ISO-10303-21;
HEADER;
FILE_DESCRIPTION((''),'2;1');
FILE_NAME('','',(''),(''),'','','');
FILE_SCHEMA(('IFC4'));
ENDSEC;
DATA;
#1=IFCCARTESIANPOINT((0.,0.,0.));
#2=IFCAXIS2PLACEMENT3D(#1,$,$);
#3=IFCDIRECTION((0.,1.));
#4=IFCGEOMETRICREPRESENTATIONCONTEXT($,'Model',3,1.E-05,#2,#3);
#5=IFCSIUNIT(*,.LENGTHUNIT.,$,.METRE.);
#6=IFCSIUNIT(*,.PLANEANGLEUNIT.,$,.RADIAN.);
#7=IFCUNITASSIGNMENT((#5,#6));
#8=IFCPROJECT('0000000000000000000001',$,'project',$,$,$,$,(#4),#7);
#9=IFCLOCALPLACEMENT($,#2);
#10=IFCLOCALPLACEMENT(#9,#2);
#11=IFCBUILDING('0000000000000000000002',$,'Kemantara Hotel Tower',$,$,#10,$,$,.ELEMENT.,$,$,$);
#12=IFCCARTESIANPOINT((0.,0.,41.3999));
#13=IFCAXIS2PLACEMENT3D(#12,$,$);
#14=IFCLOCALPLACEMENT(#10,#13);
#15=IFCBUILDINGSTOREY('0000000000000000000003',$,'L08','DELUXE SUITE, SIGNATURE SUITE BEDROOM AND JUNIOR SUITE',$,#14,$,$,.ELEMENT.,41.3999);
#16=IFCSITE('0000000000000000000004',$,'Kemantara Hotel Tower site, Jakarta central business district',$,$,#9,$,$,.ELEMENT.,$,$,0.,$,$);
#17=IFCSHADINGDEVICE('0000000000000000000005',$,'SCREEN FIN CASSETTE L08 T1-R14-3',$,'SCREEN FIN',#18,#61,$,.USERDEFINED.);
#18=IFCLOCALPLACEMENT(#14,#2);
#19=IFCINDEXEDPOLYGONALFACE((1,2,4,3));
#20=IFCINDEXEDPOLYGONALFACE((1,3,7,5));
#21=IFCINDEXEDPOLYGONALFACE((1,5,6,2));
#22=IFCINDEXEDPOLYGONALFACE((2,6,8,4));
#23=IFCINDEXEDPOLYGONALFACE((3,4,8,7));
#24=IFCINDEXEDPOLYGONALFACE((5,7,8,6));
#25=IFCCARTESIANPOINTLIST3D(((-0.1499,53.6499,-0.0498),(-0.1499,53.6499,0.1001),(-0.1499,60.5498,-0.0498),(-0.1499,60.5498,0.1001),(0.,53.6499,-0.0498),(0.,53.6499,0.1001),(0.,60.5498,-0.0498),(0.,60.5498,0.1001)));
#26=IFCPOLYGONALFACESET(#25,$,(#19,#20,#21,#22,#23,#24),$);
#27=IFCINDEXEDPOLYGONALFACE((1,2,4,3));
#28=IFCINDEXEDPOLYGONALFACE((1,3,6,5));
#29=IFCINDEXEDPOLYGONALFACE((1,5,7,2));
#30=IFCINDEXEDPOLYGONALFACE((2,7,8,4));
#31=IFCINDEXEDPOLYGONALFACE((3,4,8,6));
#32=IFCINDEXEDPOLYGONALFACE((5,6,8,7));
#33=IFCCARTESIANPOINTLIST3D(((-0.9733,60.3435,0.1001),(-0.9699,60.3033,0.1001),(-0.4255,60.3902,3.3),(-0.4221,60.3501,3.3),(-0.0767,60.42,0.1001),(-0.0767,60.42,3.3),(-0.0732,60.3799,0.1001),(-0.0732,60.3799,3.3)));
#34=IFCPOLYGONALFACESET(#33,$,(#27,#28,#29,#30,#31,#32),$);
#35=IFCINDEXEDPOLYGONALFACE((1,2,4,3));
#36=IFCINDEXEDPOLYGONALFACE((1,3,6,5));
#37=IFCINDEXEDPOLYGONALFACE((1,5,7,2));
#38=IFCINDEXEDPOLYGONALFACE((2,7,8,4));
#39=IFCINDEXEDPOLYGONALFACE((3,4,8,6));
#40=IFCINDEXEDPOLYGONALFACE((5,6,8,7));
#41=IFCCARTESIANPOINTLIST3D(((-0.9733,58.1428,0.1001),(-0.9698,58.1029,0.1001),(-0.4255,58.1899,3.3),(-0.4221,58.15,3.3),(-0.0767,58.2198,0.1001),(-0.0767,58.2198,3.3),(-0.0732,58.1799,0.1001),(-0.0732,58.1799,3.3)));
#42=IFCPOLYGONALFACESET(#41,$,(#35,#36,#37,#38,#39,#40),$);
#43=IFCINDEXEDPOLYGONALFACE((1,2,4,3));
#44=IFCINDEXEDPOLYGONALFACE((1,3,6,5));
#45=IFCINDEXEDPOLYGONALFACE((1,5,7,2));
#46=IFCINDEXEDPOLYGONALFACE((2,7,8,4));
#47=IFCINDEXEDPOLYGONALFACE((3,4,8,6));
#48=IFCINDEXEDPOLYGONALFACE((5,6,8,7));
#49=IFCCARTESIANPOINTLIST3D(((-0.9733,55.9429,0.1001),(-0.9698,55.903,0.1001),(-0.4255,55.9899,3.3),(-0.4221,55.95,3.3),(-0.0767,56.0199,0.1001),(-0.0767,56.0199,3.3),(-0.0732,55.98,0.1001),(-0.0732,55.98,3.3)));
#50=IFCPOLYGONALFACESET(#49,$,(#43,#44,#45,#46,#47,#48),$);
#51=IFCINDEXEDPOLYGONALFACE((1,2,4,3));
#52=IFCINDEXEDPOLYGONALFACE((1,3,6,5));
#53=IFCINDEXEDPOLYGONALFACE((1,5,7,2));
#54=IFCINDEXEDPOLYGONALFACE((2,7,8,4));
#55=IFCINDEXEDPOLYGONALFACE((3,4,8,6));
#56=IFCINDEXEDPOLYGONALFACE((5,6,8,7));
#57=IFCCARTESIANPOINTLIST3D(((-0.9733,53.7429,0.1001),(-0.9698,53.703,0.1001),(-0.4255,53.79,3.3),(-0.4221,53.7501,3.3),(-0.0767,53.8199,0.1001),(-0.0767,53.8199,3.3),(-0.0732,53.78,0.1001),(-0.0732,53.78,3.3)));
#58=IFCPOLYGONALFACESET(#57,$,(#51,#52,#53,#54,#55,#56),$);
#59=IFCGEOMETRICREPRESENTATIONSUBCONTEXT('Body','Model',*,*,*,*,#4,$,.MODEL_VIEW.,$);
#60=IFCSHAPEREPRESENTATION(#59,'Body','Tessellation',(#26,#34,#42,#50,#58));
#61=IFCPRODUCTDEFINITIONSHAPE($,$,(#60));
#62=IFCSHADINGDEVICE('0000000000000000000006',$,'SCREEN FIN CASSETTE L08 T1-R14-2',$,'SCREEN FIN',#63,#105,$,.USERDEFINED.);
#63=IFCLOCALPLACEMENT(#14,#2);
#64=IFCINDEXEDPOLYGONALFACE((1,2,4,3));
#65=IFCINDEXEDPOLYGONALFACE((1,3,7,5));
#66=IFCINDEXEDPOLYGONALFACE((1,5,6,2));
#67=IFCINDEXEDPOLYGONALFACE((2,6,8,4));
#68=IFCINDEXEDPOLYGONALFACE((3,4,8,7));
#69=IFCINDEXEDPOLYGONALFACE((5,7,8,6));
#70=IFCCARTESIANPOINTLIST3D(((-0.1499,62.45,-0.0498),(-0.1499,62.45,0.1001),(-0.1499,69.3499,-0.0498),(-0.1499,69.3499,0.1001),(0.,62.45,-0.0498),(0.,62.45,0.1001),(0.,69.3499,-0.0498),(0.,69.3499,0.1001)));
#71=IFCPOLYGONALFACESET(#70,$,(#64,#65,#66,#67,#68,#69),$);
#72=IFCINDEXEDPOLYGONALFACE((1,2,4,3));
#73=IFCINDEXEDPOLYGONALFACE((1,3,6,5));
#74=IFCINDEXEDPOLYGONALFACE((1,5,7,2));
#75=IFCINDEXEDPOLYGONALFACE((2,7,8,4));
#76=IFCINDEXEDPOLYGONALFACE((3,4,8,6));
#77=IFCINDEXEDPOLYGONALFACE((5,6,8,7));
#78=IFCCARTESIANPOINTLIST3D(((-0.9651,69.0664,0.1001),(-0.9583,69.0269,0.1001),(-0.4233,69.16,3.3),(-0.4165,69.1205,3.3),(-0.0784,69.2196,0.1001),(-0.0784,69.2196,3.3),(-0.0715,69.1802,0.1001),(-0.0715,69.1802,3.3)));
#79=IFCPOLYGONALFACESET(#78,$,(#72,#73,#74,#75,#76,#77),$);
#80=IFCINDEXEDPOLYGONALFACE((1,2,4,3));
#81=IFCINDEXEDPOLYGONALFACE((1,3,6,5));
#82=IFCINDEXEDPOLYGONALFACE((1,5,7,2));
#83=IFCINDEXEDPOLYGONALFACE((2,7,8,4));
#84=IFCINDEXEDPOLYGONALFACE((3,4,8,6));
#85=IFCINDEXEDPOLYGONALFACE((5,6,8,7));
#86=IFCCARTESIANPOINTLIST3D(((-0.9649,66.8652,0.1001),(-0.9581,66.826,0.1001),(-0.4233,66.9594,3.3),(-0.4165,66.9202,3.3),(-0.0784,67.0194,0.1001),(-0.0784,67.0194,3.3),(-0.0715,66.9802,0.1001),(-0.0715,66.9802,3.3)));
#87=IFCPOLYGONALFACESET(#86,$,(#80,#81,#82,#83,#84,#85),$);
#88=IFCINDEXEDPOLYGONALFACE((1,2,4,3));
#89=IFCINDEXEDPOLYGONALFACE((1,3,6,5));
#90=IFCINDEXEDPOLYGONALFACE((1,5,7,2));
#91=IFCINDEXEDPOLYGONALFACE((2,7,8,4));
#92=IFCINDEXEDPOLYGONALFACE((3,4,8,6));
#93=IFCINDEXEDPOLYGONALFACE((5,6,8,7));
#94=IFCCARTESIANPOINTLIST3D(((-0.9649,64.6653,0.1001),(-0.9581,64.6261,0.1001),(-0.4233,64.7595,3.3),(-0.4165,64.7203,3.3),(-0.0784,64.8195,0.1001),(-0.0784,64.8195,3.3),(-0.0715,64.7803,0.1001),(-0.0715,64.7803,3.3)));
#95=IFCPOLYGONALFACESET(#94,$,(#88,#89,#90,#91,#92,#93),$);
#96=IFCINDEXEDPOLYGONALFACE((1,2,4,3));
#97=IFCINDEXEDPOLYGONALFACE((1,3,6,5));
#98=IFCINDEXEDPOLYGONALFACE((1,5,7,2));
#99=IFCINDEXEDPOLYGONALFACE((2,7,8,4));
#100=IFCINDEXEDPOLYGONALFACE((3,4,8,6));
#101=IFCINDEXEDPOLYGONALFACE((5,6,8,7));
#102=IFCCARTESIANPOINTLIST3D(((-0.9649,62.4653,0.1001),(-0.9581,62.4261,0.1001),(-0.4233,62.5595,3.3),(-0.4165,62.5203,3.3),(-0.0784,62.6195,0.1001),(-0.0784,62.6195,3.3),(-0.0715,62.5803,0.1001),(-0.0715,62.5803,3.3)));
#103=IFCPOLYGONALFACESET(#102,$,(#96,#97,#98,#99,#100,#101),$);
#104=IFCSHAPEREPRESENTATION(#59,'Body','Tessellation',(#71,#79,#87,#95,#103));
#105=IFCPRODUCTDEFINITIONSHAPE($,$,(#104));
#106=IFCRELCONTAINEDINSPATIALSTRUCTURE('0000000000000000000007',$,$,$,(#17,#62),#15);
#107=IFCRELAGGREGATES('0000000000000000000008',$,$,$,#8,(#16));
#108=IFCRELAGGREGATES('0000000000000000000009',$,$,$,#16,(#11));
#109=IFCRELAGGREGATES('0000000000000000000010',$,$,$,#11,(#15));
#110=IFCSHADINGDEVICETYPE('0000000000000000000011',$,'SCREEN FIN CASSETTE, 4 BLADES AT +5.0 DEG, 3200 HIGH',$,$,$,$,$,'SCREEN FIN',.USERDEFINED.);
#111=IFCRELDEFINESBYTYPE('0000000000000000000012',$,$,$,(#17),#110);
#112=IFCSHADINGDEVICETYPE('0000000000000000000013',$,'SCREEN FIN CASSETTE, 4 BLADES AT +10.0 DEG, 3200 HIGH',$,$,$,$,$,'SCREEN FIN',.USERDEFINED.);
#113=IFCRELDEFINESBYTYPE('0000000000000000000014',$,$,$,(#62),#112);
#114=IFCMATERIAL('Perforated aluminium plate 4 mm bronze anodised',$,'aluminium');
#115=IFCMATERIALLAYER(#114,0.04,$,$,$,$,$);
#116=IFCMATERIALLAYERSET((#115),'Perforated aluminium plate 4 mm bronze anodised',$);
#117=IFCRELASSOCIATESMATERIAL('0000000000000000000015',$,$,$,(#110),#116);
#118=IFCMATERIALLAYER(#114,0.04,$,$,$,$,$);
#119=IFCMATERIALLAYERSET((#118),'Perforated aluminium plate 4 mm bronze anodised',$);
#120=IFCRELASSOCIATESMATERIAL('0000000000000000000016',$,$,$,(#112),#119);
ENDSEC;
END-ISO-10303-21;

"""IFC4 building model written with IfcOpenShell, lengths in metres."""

from ifc_helpers import new_model, si_unit, direction, frame, origin, origin_2d, place, context, subcontext, project, spatial, polyline, rectangle, outline, extrude, source, transform, mapped, material, layer, layer_set, type_object, element, save


model = new_model("IFC4")

# Units and contexts
model_context = context("Model", 3, precision=1e-05, world=origin(), true_north=direction((0.0, 1.0)))
body_context = subcontext(model_context, "Body", "Model", "MODEL_VIEW")
ifc_project = project(units=[si_unit("LENGTHUNIT", "METRE"), si_unit("PLANEANGLEUNIT", "RADIAN")], contexts=[model_context])

# Site, building, storey
site_placement = place(None, origin())
site = spatial("IfcSite", under=ifc_project, at=site_placement, Name="Kemantara Hotel Tower site, Jakarta central business district", CompositionType="ELEMENT", RefElevation=0.0)
building_placement = place(site_placement, origin())
building = spatial("IfcBuilding", under=site, at=building_placement, Name="Kemantara Hotel Tower", CompositionType="ELEMENT")
storey_placement = place(building_placement, frame((0.0, 0.0, 41.3999)))
storey = spatial("IfcBuildingStorey", under=building, at=storey_placement, Name="L08", Description="DELUXE SUITE, SIGNATURE SUITE BEDROOM AND JUNIOR SUITE", CompositionType="ELEMENT", Elevation=41.3999)

# Shading devices
ifc_material_1 = material(Name="Perforated aluminium plate 4 mm bronze anodised", Category="aluminium")
ifc_layer_1 = layer(ifc_material_1, 0.04)
ifc_layer_set_1 = layer_set([ifc_layer_1], Name="Perforated aluminium plate 4 mm bronze anodised")
shading_device_type_1 = type_object("IfcShadingDeviceType", Name="SCREEN FIN CASSETTE, 4 BLADES AT +5.0 DEG, 3200 HIGH", ElementType="SCREEN FIN", PredefinedType="USERDEFINED", material=ifc_layer_set_1)
shared_shape_1 = source(origin(), body_context, "Body", "SweptSolid", [
    extrude(rectangle(XDim=6.8999, YDim=0.1499, at=origin_2d()), frame((3.3, -0.075, -0.1499), z_axis=(0.0, 0.0, 1.0), x_axis=(1.0, 0.0, 0.0)), (0.0, 0.0, 1.0), 0.1499),
    extrude(outline(polyline([(0.0, 0.0), (0.8999, 0.0), (0.3501, 3.2), (0.0, 3.2), (0.0, 0.0)])), frame((0.02, -0.0732, 0.0), z_axis=(-0.996376, -0.085056, 0.0), x_axis=(0.085056, -0.996376, 0.0)), (0.0, 0.0, 1.0), 0.0403),
    extrude(outline(polyline([(0.0, 0.0), (0.8999, 0.0), (0.3501, 3.2), (0.0, 3.2), (0.0, 0.0)])), frame((2.22, -0.0732, 0.0), z_axis=(-0.996332, -0.085575, 0.0), x_axis=(0.085575, -0.996332, 0.0)), (0.0, 0.0, 1.0), 0.04),
    extrude(outline(polyline([(0.0, 0.0), (0.8999, 0.0), (0.3501, 3.2), (0.0, 3.2), (0.0, 0.0)])), frame((4.4199, -0.0732, 0.0), z_axis=(-0.996332, -0.085575, 0.0), x_axis=(0.085575, -0.996332, 0.0)), (0.0, 0.0, 1.0), 0.04),
    extrude(outline(polyline([(0.0, 0.0), (0.8999, 0.0), (0.3501, 3.2), (0.0, 3.2), (0.0, 0.0)])), frame((6.6199, -0.0732, 0.0), z_axis=(-0.996332, -0.085575, 0.0), x_axis=(0.085575, -0.996332, 0.0)), (0.0, 0.0, 1.0), 0.04),
])
shading_device_1_placement = place(storey_placement, frame((0.0, 60.3999, 0.1001), z_axis=(0.0, 0.0, 1.0), x_axis=(0.0, -1.0, 0.0)))
element("IfcShadingDevice", 1, at=shading_device_1_placement, inside=storey, type_object=shading_device_type_1, Name="SCREEN FIN CASSETTE L08 T1-R14-3", ObjectType="SCREEN FIN", PredefinedType="USERDEFINED", context=body_context, shape_type="MappedRepresentation", body=[
    mapped(shared_shape_1, transform((0.0, 0.0, 0.0))),
])
ifc_layer_2 = layer(ifc_material_1, 0.04)
ifc_layer_set_2 = layer_set([ifc_layer_2], Name="Perforated aluminium plate 4 mm bronze anodised")
shading_device_type_2 = type_object("IfcShadingDeviceType", Name="SCREEN FIN CASSETTE, 4 BLADES AT +10.0 DEG, 3200 HIGH", ElementType="SCREEN FIN", PredefinedType="USERDEFINED", material=ifc_layer_set_2)
shared_shape_2 = source(origin(), body_context, "Body", "SweptSolid", [
    extrude(rectangle(XDim=6.8999, YDim=0.1499, at=origin_2d()), frame((3.3, -0.075, -0.1499), z_axis=(0.0, 0.0, 1.0), x_axis=(1.0, 0.0, 0.0)), (0.0, 0.0, 1.0), 0.1499),
    extrude(outline(polyline([(0.0, 0.0), (0.8999, 0.0), (0.3501, 3.2), (0.0, 3.2), (0.0, 0.0)])), frame((0.0198, -0.0715, 0.0), z_axis=(-0.98539, -0.170314, 0.0), x_axis=(0.170314, -0.98539, 0.0)), (0.0, 0.0, 1.0), 0.04),
    extrude(outline(polyline([(0.0, 0.0), (0.8999, 0.0), (0.3501, 3.2), (0.0, 3.2), (0.0, 0.0)])), frame((2.2197, -0.0715, 0.0), z_axis=(-0.985212, -0.171341, 0.0), x_axis=(0.171341, -0.985212, 0.0)), (0.0, 0.0, 1.0), 0.0398),
    extrude(outline(polyline([(0.0, 0.0), (0.8999, 0.0), (0.3501, 3.2), (0.0, 3.2), (0.0, 0.0)])), frame((4.4197, -0.0715, 0.0), z_axis=(-0.985212, -0.171341, 0.0), x_axis=(0.171341, -0.985212, 0.0)), (0.0, 0.0, 1.0), 0.0398),
    extrude(outline(polyline([(0.0, 0.0), (0.8999, 0.0), (0.3501, 3.2), (0.0, 3.2), (0.0, 0.0)])), frame((6.6196, -0.0715, 0.0), z_axis=(-0.985212, -0.171341, 0.0), x_axis=(0.171341, -0.985212, 0.0)), (0.0, 0.0, 1.0), 0.0398),
])
shading_device_2_placement = place(storey_placement, frame((0.0, 69.2, 0.1001), z_axis=(0.0, 0.0, 1.0), x_axis=(0.0, -1.0, 0.0)))
element("IfcShadingDevice", 2, at=shading_device_2_placement, inside=storey, type_object=shading_device_type_2, Name="SCREEN FIN CASSETTE L08 T1-R14-2", ObjectType="SCREEN FIN", PredefinedType="USERDEFINED", context=body_context, shape_type="MappedRepresentation", body=[
    mapped(shared_shape_2, transform((0.0, 0.0, 0.0))),
])

save(model, "model.ifc")
